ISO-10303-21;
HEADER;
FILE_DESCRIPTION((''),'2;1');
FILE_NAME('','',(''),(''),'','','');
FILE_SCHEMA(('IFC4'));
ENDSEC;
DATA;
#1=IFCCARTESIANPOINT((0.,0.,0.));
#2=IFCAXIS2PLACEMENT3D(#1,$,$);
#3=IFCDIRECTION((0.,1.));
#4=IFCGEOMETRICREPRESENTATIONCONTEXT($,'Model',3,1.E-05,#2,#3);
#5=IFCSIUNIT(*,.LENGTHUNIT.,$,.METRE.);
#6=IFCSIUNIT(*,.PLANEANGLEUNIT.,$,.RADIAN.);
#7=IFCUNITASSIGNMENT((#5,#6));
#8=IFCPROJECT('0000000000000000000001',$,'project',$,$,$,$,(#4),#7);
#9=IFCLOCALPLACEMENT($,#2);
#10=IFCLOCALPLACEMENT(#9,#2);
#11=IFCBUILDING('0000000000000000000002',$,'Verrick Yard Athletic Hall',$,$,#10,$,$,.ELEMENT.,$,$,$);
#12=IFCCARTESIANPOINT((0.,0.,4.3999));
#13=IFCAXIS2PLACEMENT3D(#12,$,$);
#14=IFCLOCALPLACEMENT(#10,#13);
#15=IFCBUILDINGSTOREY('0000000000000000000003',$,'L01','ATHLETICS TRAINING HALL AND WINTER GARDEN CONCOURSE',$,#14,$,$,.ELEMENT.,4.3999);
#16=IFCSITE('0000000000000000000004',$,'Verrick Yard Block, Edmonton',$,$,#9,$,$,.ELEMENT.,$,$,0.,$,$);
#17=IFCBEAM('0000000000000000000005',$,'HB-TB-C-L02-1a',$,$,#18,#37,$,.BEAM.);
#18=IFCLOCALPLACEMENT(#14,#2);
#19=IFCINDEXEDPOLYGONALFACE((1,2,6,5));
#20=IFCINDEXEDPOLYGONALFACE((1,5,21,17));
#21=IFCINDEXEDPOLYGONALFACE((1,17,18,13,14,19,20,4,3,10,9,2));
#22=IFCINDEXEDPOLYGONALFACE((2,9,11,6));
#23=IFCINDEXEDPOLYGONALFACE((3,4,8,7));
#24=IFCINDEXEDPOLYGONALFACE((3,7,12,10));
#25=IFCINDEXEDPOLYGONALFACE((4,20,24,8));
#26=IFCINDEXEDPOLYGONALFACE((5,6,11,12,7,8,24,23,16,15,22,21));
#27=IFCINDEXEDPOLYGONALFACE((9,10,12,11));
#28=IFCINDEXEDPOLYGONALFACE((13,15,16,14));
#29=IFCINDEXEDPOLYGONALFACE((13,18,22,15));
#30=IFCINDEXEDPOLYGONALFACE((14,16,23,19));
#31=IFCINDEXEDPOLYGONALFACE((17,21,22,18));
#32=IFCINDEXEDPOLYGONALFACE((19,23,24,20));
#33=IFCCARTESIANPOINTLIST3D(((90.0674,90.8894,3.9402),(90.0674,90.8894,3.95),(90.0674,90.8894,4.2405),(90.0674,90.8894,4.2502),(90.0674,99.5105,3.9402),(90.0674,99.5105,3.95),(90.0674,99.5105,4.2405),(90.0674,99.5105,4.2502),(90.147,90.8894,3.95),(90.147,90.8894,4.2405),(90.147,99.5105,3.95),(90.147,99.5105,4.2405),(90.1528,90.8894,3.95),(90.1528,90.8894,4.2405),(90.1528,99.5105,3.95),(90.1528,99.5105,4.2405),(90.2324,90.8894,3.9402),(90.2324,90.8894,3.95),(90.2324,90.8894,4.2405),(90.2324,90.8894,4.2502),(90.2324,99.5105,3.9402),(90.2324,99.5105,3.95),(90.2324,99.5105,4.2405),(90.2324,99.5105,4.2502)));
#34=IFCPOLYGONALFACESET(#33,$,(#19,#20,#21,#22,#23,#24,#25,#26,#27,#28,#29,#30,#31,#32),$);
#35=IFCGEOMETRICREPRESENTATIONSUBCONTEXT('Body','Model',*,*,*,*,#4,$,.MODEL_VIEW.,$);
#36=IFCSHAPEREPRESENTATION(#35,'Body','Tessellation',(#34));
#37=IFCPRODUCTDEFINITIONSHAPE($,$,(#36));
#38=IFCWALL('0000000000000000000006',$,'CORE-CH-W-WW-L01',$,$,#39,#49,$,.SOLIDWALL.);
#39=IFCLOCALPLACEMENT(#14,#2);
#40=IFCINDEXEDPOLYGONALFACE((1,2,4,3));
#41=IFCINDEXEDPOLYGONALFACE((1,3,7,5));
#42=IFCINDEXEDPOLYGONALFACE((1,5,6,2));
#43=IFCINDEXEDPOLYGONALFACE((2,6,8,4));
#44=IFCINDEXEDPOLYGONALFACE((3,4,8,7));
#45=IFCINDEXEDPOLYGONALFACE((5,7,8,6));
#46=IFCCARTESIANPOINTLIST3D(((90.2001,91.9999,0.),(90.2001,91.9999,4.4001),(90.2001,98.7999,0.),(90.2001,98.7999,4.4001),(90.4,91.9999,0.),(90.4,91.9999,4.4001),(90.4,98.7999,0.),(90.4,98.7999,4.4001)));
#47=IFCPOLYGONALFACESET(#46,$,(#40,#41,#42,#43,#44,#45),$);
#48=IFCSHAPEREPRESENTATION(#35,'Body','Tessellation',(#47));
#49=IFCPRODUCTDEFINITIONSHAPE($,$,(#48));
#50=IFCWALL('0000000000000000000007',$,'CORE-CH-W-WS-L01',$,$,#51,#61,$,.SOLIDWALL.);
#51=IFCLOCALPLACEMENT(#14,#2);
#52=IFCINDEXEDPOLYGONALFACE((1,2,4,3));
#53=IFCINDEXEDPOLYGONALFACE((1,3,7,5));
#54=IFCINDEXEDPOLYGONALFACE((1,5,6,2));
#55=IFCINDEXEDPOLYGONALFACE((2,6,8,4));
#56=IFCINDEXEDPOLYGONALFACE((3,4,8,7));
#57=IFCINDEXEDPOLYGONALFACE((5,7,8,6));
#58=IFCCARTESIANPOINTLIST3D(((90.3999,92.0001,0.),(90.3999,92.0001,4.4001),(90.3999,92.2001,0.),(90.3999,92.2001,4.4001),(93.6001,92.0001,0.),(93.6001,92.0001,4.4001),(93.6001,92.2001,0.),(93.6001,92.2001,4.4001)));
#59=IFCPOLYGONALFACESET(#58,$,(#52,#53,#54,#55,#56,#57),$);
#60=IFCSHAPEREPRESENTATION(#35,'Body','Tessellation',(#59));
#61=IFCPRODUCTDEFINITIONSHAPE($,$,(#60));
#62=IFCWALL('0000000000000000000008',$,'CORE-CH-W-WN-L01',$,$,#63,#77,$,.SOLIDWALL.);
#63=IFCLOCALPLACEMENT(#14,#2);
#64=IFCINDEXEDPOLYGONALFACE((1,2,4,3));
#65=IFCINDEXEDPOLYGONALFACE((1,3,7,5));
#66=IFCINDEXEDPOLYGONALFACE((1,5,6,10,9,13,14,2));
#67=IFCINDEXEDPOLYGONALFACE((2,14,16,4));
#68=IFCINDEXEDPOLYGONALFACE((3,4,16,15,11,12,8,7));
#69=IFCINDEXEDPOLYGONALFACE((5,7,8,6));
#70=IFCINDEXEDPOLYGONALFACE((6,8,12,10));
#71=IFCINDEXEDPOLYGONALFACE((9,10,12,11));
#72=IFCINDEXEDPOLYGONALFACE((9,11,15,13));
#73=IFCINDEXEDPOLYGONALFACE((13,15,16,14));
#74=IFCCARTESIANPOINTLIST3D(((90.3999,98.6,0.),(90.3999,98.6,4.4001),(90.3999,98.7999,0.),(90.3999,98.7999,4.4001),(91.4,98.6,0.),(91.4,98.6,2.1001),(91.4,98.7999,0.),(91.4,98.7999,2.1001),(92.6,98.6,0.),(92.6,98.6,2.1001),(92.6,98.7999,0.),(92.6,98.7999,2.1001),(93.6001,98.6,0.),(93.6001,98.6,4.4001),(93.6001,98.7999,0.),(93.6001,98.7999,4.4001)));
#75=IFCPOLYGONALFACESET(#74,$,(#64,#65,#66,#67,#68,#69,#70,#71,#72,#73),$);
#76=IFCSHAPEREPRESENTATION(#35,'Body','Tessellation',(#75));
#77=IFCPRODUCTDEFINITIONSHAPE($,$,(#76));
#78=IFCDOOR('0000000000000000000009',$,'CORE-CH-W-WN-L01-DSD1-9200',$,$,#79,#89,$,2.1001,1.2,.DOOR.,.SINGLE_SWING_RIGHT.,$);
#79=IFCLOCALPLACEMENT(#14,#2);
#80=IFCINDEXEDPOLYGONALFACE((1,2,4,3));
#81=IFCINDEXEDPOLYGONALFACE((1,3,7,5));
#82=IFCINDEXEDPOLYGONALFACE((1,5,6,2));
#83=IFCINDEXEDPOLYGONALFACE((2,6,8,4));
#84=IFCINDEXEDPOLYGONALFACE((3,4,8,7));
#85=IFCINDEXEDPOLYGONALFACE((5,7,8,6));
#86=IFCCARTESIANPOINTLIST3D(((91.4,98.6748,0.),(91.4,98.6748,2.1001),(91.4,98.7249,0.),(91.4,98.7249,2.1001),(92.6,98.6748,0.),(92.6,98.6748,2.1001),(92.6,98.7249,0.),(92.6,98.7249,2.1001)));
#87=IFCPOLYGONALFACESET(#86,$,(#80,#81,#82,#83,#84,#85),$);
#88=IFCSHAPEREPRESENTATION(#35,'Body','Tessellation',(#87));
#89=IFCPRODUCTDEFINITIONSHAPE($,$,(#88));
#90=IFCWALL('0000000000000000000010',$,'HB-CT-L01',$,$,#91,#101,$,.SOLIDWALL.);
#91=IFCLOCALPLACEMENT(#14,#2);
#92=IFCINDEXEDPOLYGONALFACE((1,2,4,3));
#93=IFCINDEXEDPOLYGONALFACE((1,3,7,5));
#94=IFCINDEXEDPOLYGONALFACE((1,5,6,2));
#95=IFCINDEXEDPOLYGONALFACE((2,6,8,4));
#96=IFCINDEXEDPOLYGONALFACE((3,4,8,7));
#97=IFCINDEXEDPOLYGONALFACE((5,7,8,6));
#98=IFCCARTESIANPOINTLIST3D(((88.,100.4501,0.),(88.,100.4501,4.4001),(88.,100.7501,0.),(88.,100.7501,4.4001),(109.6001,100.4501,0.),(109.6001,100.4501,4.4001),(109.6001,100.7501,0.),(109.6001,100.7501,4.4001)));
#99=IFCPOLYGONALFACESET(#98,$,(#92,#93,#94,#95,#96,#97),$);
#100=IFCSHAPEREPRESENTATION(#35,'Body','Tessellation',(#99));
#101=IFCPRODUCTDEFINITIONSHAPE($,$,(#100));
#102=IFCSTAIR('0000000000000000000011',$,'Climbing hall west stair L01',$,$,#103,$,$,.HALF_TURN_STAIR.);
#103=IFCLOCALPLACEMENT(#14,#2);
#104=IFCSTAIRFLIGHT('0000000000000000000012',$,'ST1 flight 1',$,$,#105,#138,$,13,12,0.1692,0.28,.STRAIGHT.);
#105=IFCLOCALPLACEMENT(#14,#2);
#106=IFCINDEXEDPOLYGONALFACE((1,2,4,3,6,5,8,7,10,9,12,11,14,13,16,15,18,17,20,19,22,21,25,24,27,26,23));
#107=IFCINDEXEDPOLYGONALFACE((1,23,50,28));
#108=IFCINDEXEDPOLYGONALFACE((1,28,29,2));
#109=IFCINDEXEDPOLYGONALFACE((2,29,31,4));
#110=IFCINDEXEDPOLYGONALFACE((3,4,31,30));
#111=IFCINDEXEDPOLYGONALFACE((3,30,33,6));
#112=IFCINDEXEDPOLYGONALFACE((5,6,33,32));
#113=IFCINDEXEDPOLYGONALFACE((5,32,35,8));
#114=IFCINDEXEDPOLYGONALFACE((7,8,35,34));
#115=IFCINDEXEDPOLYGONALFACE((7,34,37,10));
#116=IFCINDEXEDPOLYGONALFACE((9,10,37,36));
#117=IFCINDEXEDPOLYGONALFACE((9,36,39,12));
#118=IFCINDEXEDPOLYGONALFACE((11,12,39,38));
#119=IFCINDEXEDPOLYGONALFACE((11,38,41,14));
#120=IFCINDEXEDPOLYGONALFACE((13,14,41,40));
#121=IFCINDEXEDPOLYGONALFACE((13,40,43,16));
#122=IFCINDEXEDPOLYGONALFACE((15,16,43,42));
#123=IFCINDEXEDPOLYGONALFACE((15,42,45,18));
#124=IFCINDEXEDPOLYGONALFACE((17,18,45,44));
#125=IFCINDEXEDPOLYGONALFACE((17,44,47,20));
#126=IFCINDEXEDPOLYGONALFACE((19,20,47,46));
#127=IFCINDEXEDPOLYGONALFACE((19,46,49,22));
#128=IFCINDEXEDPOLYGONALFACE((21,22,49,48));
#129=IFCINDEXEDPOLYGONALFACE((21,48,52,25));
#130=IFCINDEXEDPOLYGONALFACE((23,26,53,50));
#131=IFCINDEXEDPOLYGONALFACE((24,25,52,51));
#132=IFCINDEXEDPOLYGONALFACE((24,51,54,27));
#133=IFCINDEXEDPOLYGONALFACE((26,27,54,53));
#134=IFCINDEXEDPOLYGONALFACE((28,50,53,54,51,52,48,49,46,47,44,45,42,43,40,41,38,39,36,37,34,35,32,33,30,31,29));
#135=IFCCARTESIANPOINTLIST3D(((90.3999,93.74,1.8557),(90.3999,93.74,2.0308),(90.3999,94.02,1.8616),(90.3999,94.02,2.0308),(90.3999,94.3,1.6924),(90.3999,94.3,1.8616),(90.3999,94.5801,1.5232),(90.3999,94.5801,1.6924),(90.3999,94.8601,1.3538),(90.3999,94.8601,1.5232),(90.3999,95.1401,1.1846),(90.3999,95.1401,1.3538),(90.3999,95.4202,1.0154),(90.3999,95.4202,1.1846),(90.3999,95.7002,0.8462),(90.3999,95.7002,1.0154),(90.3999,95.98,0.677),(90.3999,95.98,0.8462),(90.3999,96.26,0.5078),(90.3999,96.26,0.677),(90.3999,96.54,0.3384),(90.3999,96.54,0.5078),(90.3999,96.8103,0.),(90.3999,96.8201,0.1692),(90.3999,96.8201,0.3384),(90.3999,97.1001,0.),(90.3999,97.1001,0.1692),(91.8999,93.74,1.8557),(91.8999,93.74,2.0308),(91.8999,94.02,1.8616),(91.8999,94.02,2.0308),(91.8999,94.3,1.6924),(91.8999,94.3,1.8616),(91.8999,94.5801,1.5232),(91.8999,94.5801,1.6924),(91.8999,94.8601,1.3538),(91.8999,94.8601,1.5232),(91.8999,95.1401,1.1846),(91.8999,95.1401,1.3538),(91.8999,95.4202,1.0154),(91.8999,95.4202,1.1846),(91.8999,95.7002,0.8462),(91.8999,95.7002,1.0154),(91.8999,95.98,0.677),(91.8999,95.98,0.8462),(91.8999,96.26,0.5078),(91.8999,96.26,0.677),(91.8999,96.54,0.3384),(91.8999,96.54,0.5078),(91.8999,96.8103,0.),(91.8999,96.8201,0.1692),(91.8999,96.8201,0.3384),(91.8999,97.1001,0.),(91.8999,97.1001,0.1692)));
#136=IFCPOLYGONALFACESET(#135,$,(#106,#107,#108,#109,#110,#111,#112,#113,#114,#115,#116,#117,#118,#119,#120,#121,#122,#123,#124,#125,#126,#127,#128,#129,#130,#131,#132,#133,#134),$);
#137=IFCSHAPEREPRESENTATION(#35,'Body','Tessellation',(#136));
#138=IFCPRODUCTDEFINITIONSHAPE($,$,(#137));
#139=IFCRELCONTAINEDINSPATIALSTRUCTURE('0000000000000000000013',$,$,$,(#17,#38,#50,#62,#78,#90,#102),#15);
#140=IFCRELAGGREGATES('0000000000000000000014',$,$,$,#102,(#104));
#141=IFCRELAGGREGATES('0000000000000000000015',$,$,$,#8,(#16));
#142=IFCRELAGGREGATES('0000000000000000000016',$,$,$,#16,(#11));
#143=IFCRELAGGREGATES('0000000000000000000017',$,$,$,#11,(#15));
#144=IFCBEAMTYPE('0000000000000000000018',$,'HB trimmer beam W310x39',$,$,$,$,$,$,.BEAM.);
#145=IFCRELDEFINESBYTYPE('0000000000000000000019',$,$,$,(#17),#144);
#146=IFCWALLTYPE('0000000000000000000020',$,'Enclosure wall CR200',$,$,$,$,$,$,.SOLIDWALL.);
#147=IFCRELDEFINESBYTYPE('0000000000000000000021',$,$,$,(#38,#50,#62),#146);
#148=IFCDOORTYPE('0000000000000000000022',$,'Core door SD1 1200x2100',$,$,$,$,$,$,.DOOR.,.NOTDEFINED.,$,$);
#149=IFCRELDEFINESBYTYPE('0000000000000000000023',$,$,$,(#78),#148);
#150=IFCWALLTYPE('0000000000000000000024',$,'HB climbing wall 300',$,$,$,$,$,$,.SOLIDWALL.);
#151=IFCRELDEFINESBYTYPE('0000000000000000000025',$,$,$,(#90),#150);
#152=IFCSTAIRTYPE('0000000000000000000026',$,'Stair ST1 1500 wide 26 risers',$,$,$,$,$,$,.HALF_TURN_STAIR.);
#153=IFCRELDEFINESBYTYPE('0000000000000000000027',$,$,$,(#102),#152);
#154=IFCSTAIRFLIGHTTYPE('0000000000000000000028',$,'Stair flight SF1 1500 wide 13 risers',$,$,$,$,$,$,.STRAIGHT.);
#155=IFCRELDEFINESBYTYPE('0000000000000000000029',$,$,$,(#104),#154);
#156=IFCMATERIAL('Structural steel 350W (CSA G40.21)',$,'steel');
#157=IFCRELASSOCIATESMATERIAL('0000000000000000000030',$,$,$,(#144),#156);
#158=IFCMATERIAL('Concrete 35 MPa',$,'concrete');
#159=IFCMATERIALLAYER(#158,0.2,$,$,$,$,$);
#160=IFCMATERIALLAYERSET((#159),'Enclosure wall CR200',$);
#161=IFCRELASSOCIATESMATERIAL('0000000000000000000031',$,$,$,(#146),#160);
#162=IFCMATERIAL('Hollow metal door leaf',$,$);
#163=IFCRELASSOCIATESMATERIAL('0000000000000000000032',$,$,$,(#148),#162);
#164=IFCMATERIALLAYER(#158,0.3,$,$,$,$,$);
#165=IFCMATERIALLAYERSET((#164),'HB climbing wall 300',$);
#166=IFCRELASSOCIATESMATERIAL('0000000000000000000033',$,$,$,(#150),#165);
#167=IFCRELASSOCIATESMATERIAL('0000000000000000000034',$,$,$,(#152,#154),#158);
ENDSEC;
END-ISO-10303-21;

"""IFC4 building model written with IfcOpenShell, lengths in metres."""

from ifc_helpers import new_model, si_unit, direction, frame, frame_2d, origin, origin_2d, place, context, subcontext, project, spatial, polyline, rectangle, i_section, outline, extrude, material, layer, layer_set, material_profile, profile_set, type_object, element, fill, aggregate, save


model = new_model("IFC4")

# Units and contexts
model_context = context("Model", 3, precision=1e-05, world=origin(), true_north=direction((0.0, 1.0)))
body_context = subcontext(model_context, "Body", "Model", "MODEL_VIEW")
ifc_project = project(units=[si_unit("LENGTHUNIT", "METRE"), si_unit("PLANEANGLEUNIT", "RADIAN")], contexts=[model_context])

# Site, building, storey
site_placement = place(None, origin())
site = spatial("IfcSite", under=ifc_project, at=site_placement, Name="Verrick Yard Block, Edmonton", CompositionType="ELEMENT", RefElevation=0.0)
building_placement = place(site_placement, origin())
building = spatial("IfcBuilding", under=site, at=building_placement, Name="Verrick Yard Athletic Hall", CompositionType="ELEMENT")
storey_placement = place(building_placement, frame((0.0, 0.0, 4.3999)))
storey = spatial("IfcBuildingStorey", under=building, at=storey_placement, Name="L01", Description="ATHLETICS TRAINING HALL AND WINTER GARDEN CONCOURSE", CompositionType="ELEMENT", Elevation=4.3999)

# Shared definitions
ifc_material_1 = material(Name="Structural steel 350W (CSA G40.21)", Category="steel")

# Beam
ifc_material_profile_1 = material_profile(ifc_material_1, i_section(OverallWidth=0.165, OverallDepth=0.3101, WebThickness=0.0059, FlangeThickness=0.0098, at=origin_2d()), Name="W310x39")
ifc_profile_set_1 = profile_set([ifc_material_profile_1], Name="Structural steel 350W (CSA G40.21)")
beam_type_1 = type_object("IfcBeamType", Name="HB trimmer beam W310x39", PredefinedType="BEAM", material=ifc_profile_set_1)
beam_1_placement = place(storey_placement, frame((90.1499, 90.8894, 4.0952), z_axis=(0.0, 1.0, 0.0), x_axis=(-1.0, 0.0, 0.0)))
element("IfcBeam", 1, at=beam_1_placement, inside=storey, type_object=beam_type_1, Name="HB-TB-C-L02-1a", PredefinedType="BEAM", context=body_context, shape_type="SweptSolid", body=[
    extrude(i_section(OverallWidth=0.165, OverallDepth=0.3101, WebThickness=0.0059, FlangeThickness=0.0098, at=origin_2d()), origin(), (0.0, 0.0, 1.0), 8.6211),
])

# Walls
ifc_material_2 = material(Name="Concrete 35 MPa", Category="concrete")
ifc_layer_1 = layer(ifc_material_2, 0.2)
ifc_layer_set_1 = layer_set([ifc_layer_1], Name="Enclosure wall CR200")
wall_type_1 = type_object("IfcWallType", Name="Enclosure wall CR200", PredefinedType="SOLIDWALL", material=ifc_layer_set_1)
wall_1_placement = place(storey_placement, frame((90.3, 92.0, 0.0), z_axis=(0.0, 0.0, 1.0), x_axis=(0.0, 1.0, 0.0)))
element("IfcWall", 2, at=wall_1_placement, inside=storey, type_object=wall_type_1, Name="CORE-CH-W-WW-L01", PredefinedType="SOLIDWALL", context=body_context, shape_type="SweptSolid", body=[
    extrude(rectangle(XDim=6.8, YDim=0.2, at=frame_2d((3.3999, 0.0))), origin(), (0.0, 0.0, 1.0), 4.4001),
])
wall_2_placement = place(storey_placement, frame((90.3999, 92.1001, 0.0), z_axis=(0.0, 0.0, 1.0), x_axis=(1.0, 0.0, 0.0)))
element("IfcWall", 3, at=wall_2_placement, inside=storey, type_object=wall_type_1, Name="CORE-CH-W-WS-L01", PredefinedType="SOLIDWALL", context=body_context, shape_type="SweptSolid", body=[
    extrude(rectangle(XDim=3.2002, YDim=0.2, at=frame_2d((1.6001, 0.0))), origin(), (0.0, 0.0, 1.0), 4.4001),
])

# Wall, opening, door
wall_3_placement = place(storey_placement, frame((90.3999, 98.7, 0.0), z_axis=(0.0, 0.0, 1.0), x_axis=(1.0, 0.0, 0.0)))
wall_3 = element("IfcWall", 4, at=wall_3_placement, inside=storey, type_object=wall_type_1, Name="CORE-CH-W-WN-L01", PredefinedType="SOLIDWALL", context=body_context, shape_type="SweptSolid", body=[
    extrude(rectangle(XDim=3.2002, YDim=0.2, at=frame_2d((1.6001, 0.0))), origin(), (0.0, 0.0, 1.0), 4.4001),
])
opening_placement = place(wall_3_placement, frame((1.0, 0.0, 0.0)))
opening = element("IfcOpeningElement", 5, at=opening_placement, cuts=wall_3, PredefinedType="OPENING", context=body_context, shape_type="SweptSolid", body=[
    extrude(rectangle(XDim=1.2, YDim=2.1001, at=frame_2d((0.6001, 1.05))), frame((0.0, 0.1099, 0.0), z_axis=(0.0, -1.0, 0.0), x_axis=(1.0, 0.0, 0.0)), (0.0, 0.0, 1.0), 0.22),
])
ifc_material_3 = material(Name="Hollow metal door leaf")
door_type = type_object("IfcDoorType", Name="Core door SD1 1200x2100", OperationType="NOTDEFINED", PredefinedType="DOOR", material=ifc_material_3)
door_placement = place(opening_placement, origin())
door = element("IfcDoor", 6, at=door_placement, inside=storey, type_object=door_type, Name="CORE-CH-W-WN-L01-DSD1-9200", OperationType="SINGLE_SWING_RIGHT", OverallHeight=2.1001, OverallWidth=1.2, PredefinedType="DOOR", context=body_context, shape_type="SweptSolid", body=[
    extrude(rectangle(XDim=1.2, YDim=2.1001, at=frame_2d((0.6001, 1.05))), frame((0.0, 0.0249, 0.0), z_axis=(0.0, -1.0, 0.0), x_axis=(1.0, 0.0, 0.0)), (0.0, 0.0, 1.0), 0.05),
])
fill(opening, door)

# Wall
ifc_layer_2 = layer(ifc_material_2, 0.3)
ifc_layer_set_2 = layer_set([ifc_layer_2], Name="HB climbing wall 300")
wall_type_2 = type_object("IfcWallType", Name="HB climbing wall 300", PredefinedType="SOLIDWALL", material=ifc_layer_set_2)
wall_4_placement = place(storey_placement, frame((88.0, 100.6001, 0.0), z_axis=(0.0, 0.0, 1.0), x_axis=(1.0, 0.0, 0.0)))
element("IfcWall", 7, at=wall_4_placement, inside=storey, type_object=wall_type_2, Name="HB-CT-L01", PredefinedType="SOLIDWALL", context=body_context, shape_type="SweptSolid", body=[
    extrude(rectangle(XDim=21.6001, YDim=0.3, at=frame_2d((10.8, 0.0))), origin(), (0.0, 0.0, 1.0), 4.4001),
])

# Stair, stair flight
stair_type = type_object("IfcStairType", Name="Stair ST1 1500 wide 26 risers", PredefinedType="HALF_TURN_STAIR", material=ifc_material_2)
stair_placement = place(storey_placement, origin())
stair = element("IfcStair", 8, at=stair_placement, inside=storey, type_object=stair_type, Name="Climbing hall west stair L01", PredefinedType="HALF_TURN_STAIR")
stair_flight_type = type_object("IfcStairFlightType", Name="Stair flight SF1 1500 wide 13 risers", PredefinedType="STRAIGHT", material=ifc_material_2)
stair_flight_placement = place(storey_placement, frame((91.1499, 97.1001, 0.0), z_axis=(0.0, 0.0, 1.0), x_axis=(0.0, -1.0, 0.0)))
stair_flight = element("IfcStairFlight", 9, at=stair_flight_placement, type_object=stair_flight_type, Name="ST1 flight 1", NumberOfRisers=13, NumberOfTreads=12, PredefinedType="STRAIGHT", RiserHeight=0.1692, TreadLength=0.28, context=body_context, shape_type="SweptSolid", body=[
    extrude(outline(polyline([(0.0, 0.0), (0.0, 0.1692), (0.28, 0.1692), (0.28, 0.3384), (0.5601, 0.3384), (0.5601, 0.5078), (0.8401, 0.5078), (0.8401, 0.677), (1.1201, 0.677), (1.1201, 0.8462), (1.3999, 0.8462), (1.3999, 1.0154), (1.6799, 1.0154), (1.6799, 1.1846), (1.96, 1.1846), (1.96, 1.3538), (2.24, 1.3538), (2.24, 1.5232), (2.52, 1.5232), (2.52, 1.6924), (2.8, 1.6924), (2.8, 1.8616), (3.0801, 1.8616), (3.0801, 2.0308), (3.3601, 2.0308), (3.3601, 2.2), (3.3601, 1.8557), (0.2898, 0.0), (0.0, 0.0)])), frame((0.0, 0.75, 0.0), z_axis=(0.0, -1.0, 0.0), x_axis=(1.0, 0.0, 0.0)), (0.0, 0.0, 1.0), 1.5),
])
aggregate(stair, [stair_flight])

save(model, "model.ifc")
